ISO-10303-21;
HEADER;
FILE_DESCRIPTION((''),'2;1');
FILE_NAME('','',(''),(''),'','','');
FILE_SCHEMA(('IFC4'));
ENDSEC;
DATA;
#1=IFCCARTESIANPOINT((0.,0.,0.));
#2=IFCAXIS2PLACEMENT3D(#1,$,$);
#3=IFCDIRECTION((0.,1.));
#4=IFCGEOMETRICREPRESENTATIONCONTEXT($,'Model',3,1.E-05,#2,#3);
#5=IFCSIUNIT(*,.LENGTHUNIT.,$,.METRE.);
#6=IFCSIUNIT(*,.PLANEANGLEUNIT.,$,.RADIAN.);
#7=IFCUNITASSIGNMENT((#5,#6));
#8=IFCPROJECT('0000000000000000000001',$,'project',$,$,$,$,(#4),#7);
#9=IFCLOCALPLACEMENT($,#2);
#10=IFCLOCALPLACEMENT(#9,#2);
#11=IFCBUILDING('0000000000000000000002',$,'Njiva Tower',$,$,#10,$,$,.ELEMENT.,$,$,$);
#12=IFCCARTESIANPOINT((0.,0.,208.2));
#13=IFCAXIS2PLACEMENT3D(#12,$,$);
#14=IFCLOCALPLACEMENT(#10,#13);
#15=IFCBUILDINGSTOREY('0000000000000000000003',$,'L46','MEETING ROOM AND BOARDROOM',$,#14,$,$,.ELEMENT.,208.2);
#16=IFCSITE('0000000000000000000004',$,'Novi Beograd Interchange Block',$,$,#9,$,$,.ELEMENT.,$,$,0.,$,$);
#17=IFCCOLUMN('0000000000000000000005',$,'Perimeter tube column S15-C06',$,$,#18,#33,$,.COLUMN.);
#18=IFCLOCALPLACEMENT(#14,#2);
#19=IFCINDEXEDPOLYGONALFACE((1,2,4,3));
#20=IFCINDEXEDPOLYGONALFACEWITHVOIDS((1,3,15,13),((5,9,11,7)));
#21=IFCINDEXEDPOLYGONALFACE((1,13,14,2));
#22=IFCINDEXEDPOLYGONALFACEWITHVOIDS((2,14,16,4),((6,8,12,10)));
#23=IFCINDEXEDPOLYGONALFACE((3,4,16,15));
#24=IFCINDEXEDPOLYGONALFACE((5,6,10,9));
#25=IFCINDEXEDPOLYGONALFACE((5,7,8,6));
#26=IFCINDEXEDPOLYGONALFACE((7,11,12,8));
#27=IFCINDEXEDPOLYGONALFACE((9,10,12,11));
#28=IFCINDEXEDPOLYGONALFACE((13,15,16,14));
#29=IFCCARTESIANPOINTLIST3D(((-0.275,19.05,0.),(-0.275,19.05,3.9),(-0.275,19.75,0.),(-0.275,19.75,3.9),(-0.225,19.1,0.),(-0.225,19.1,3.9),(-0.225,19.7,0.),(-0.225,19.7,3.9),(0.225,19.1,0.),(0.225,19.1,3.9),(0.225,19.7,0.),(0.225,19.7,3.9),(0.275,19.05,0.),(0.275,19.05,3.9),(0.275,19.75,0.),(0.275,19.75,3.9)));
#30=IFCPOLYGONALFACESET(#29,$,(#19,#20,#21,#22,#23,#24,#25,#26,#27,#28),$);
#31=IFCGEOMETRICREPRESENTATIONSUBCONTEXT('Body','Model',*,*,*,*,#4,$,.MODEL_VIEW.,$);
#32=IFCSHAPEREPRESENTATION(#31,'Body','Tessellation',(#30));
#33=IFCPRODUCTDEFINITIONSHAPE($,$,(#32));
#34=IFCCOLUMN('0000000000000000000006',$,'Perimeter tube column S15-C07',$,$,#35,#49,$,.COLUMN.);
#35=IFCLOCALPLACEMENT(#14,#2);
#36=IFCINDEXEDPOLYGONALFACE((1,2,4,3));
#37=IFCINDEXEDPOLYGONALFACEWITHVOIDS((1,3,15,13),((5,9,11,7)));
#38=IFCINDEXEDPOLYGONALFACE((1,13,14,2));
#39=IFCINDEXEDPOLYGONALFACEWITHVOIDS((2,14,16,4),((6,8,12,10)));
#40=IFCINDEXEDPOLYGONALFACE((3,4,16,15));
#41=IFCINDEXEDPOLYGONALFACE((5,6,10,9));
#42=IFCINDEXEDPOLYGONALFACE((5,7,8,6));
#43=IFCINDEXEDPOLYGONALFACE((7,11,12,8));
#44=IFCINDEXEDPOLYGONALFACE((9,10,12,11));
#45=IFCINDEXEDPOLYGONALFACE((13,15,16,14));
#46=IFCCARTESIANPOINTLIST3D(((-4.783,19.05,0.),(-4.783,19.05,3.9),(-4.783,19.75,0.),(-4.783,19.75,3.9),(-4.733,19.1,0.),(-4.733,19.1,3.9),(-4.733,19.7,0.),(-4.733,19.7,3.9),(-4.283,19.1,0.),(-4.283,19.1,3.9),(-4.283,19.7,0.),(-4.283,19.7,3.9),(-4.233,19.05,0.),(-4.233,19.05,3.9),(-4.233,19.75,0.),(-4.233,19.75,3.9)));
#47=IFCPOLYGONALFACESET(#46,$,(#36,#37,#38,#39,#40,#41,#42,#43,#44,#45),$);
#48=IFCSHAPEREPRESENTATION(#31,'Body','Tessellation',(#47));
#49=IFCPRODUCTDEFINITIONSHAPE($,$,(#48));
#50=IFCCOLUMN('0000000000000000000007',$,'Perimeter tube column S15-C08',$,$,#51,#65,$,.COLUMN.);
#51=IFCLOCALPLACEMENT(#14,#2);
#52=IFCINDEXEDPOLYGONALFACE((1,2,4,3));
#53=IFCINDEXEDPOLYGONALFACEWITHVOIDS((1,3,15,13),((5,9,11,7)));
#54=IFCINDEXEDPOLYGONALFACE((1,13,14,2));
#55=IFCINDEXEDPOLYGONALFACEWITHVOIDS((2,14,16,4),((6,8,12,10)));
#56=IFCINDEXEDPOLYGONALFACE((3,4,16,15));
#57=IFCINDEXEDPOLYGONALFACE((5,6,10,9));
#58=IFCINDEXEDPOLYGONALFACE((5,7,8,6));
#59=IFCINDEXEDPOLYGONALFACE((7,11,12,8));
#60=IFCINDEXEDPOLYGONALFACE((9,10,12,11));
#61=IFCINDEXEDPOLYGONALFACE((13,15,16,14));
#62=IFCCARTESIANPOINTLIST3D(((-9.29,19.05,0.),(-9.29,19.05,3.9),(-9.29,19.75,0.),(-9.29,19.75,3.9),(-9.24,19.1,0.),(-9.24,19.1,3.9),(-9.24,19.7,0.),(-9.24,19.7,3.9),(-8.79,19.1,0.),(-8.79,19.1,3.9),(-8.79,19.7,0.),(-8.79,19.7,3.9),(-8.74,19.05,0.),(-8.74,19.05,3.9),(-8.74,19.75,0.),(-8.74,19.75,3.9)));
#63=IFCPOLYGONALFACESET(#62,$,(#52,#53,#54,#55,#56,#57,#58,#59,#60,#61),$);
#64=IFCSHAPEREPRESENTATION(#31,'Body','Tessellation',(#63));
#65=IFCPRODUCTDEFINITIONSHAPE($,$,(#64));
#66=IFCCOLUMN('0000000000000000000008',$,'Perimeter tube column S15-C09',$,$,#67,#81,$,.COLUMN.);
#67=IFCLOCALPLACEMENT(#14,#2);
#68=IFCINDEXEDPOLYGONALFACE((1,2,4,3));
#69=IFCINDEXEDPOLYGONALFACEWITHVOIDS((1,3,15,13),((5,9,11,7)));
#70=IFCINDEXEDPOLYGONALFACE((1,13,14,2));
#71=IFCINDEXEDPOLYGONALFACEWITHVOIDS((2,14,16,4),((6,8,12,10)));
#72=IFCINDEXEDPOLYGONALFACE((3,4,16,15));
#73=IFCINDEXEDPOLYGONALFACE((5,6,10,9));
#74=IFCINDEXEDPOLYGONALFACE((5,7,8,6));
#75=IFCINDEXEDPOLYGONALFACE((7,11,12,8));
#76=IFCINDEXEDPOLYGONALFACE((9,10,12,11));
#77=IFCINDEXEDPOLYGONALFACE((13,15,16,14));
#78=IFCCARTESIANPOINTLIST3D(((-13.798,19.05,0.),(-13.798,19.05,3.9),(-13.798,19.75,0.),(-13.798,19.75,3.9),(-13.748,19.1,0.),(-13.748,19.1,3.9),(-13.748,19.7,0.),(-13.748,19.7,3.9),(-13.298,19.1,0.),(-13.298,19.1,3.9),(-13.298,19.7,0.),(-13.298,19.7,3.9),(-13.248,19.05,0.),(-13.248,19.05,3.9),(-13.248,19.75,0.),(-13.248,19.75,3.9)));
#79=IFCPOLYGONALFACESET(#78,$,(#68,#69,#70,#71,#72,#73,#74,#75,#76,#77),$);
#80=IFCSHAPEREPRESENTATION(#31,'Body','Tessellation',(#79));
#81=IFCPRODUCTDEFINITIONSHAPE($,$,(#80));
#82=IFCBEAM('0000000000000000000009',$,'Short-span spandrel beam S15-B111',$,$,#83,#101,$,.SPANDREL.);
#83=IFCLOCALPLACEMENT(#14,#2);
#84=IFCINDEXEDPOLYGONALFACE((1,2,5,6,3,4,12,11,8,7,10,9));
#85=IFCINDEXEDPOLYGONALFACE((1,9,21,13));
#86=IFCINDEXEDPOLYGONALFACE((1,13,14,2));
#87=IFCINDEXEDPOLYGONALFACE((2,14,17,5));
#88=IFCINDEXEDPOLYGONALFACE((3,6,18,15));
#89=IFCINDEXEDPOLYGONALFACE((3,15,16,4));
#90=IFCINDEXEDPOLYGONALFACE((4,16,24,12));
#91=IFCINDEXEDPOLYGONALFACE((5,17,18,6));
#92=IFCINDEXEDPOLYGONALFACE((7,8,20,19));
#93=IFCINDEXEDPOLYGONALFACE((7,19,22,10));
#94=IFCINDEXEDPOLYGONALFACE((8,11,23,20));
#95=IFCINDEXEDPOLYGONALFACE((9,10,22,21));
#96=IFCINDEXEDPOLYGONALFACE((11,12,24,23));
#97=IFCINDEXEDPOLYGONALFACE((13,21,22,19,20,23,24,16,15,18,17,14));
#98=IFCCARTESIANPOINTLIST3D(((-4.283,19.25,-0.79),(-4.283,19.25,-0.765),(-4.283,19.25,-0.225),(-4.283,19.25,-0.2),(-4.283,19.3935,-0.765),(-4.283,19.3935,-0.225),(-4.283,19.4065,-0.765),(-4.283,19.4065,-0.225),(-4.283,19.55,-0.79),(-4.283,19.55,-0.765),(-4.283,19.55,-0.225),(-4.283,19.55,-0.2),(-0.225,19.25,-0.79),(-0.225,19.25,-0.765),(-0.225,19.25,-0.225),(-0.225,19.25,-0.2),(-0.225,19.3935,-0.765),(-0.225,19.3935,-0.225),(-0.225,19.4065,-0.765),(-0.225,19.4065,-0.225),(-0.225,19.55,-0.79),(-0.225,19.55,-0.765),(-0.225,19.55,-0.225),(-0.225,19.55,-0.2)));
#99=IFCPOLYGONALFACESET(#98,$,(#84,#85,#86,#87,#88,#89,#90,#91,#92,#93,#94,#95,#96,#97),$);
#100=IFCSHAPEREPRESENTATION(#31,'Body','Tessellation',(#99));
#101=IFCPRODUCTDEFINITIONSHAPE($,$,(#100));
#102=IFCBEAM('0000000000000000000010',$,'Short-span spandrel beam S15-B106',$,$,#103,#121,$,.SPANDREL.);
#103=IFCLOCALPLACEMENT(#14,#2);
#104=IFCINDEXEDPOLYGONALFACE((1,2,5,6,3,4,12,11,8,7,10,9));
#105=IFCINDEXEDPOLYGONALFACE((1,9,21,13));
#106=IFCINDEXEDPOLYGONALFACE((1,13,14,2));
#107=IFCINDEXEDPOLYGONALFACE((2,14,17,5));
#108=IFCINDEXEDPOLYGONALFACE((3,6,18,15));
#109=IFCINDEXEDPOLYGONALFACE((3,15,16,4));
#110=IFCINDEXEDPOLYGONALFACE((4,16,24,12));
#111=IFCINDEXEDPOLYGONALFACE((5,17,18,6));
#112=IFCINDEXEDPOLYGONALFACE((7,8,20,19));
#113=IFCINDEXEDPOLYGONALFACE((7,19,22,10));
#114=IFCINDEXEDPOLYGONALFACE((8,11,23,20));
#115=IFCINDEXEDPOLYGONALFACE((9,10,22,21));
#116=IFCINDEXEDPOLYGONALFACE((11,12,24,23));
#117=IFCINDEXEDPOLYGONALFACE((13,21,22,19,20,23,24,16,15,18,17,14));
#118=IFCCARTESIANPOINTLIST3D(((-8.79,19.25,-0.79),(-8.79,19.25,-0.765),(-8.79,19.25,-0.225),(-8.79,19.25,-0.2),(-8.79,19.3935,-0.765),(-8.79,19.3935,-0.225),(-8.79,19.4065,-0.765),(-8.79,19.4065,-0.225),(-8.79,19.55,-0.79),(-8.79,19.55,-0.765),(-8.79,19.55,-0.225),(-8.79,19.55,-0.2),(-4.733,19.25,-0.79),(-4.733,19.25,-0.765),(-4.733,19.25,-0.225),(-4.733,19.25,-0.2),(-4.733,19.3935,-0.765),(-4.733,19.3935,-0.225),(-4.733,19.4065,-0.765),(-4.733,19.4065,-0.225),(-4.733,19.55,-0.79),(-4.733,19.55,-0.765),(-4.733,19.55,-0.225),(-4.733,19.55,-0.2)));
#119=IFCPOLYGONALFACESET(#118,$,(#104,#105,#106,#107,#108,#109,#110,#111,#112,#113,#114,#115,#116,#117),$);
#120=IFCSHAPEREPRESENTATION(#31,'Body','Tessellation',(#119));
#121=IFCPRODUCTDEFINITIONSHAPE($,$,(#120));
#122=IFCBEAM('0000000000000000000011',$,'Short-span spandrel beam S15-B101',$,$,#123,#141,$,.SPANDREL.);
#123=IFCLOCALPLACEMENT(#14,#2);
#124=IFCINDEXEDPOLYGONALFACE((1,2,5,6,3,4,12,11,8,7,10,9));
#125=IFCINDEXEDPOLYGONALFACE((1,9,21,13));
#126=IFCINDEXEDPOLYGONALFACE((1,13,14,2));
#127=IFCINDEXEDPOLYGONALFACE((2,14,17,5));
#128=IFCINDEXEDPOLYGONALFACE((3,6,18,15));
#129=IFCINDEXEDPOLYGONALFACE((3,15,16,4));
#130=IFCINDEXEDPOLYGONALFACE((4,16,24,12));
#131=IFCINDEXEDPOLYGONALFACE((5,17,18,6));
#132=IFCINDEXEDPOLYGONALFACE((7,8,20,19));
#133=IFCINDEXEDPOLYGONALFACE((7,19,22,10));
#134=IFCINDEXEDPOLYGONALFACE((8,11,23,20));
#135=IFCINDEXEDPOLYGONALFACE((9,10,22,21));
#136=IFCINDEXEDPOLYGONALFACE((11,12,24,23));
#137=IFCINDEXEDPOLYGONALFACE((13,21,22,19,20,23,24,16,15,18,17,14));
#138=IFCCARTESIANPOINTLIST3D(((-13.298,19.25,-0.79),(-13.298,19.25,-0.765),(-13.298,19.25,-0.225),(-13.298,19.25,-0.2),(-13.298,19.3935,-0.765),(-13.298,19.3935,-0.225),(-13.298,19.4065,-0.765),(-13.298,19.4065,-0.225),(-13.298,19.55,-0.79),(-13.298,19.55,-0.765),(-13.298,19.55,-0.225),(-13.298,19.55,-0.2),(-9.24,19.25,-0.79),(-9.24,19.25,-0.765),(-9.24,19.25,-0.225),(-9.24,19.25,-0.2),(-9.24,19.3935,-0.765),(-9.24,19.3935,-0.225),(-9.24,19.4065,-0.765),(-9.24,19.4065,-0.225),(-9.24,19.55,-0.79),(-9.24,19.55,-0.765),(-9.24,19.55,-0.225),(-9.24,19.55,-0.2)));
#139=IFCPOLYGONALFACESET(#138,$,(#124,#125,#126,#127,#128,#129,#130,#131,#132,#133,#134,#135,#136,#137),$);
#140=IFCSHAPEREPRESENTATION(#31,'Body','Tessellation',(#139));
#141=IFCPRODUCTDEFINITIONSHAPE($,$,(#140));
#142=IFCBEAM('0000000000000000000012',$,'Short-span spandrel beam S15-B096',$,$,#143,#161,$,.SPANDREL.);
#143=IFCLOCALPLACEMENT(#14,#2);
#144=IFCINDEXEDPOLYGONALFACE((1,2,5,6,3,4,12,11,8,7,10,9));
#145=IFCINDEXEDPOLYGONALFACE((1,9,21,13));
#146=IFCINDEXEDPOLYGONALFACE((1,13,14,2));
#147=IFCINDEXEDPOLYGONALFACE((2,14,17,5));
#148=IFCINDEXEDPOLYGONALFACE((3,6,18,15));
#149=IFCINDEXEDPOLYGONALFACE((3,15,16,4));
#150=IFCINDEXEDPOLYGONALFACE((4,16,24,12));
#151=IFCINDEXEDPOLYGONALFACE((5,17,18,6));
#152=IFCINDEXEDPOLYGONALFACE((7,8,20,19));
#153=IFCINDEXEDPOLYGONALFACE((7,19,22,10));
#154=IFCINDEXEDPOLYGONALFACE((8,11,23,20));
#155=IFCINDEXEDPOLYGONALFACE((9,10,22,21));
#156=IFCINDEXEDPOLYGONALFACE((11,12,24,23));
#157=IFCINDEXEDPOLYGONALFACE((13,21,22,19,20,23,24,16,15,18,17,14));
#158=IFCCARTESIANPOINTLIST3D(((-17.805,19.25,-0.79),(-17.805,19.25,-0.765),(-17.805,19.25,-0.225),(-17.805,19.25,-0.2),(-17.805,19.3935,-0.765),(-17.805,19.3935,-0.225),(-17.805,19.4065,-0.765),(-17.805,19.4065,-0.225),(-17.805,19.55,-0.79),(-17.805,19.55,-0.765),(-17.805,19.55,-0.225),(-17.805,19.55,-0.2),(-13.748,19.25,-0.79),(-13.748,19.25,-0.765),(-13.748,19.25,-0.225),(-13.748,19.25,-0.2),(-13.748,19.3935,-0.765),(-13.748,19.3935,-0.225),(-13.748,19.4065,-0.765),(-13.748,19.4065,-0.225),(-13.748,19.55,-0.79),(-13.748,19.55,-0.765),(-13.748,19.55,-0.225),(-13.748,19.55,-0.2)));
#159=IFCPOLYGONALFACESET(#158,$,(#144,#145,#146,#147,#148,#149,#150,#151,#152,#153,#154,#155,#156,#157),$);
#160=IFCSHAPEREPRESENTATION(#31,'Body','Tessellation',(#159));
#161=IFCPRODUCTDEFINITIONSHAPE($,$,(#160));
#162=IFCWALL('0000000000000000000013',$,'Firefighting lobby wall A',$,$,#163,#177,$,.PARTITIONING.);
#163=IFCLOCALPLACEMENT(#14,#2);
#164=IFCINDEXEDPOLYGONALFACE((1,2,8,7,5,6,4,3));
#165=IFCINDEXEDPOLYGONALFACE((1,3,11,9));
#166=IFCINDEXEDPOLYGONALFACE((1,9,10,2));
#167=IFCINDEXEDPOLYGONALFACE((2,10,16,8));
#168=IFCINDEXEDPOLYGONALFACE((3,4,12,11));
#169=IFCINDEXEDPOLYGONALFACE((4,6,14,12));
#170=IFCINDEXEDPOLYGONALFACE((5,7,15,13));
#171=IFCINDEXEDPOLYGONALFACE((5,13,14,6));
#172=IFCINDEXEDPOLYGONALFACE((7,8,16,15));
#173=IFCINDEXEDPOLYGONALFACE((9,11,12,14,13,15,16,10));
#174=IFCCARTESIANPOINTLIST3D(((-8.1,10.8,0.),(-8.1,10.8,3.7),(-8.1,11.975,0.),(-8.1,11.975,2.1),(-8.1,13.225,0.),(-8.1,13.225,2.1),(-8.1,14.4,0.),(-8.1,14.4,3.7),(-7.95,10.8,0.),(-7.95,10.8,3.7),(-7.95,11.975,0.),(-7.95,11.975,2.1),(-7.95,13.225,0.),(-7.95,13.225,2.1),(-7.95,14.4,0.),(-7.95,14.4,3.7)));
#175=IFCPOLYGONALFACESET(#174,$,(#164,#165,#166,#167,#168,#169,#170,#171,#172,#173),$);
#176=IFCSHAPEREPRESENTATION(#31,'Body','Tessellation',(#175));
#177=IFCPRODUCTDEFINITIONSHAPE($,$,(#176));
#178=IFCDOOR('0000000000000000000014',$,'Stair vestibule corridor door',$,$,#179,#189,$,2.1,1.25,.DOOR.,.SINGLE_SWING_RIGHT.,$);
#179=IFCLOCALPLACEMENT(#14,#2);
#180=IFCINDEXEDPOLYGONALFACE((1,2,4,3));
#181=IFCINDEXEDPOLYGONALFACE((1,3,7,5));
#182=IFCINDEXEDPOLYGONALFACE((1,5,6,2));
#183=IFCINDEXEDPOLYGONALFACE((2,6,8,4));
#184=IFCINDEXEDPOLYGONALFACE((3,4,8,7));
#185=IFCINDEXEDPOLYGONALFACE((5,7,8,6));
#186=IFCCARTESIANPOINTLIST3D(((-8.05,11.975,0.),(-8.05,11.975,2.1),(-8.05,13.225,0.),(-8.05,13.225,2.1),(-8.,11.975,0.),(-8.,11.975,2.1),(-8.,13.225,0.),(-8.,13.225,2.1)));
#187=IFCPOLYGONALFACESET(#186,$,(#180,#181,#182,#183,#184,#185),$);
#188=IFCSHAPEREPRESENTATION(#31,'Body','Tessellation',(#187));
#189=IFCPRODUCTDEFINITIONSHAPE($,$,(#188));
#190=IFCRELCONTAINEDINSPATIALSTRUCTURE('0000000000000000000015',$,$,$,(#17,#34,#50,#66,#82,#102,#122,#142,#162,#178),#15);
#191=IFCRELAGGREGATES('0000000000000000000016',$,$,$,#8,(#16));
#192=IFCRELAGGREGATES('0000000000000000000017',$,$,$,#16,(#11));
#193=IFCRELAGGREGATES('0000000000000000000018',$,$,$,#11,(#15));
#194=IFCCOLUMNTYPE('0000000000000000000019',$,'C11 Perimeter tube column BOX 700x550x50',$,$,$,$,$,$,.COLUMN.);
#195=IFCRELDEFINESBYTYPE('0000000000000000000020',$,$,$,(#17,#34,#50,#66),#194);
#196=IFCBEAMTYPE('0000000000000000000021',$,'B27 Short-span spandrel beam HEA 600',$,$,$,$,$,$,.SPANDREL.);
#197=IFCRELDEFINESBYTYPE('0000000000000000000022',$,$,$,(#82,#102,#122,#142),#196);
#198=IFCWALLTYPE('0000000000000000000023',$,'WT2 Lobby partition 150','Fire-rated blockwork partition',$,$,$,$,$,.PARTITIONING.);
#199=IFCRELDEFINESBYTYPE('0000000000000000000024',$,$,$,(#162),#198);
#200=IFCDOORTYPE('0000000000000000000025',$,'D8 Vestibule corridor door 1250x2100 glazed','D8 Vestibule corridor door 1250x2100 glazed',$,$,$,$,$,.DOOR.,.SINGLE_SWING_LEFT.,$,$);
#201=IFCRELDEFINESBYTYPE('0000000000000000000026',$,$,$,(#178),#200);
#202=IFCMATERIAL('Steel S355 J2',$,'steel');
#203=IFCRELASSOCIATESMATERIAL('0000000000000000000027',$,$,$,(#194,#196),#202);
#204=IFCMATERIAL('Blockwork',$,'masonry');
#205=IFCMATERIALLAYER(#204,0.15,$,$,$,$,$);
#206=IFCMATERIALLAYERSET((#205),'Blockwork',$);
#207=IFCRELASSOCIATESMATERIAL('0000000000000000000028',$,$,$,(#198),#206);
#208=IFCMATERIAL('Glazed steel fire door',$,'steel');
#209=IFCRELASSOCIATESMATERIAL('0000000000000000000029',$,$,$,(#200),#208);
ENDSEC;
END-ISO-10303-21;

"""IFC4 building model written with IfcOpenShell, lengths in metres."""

from ifc_helpers import new_model, si_unit, direction, frame, frame_2d, origin, origin_2d, place, context, subcontext, project, spatial, rectangle, hollow_rectangle, i_section, extrude, material, layer, layer_set, material_profile, profile_set, type_object, element, fill, save


model = new_model("IFC4")

# Units and contexts
model_context = context("Model", 3, precision=1e-05, world=origin(), true_north=direction((0.0, 1.0)))
body_context = subcontext(model_context, "Body", "Model", "MODEL_VIEW")
ifc_project = project(units=[si_unit("LENGTHUNIT", "METRE"), si_unit("PLANEANGLEUNIT", "RADIAN")], contexts=[model_context])

# Site, building, storey
site_placement = place(None, origin())
site = spatial("IfcSite", under=ifc_project, at=site_placement, Name="Novi Beograd Interchange Block", CompositionType="ELEMENT", RefElevation=0.0)
building_placement = place(site_placement, origin())
building = spatial("IfcBuilding", under=site, at=building_placement, Name="Njiva Tower", CompositionType="ELEMENT")
storey_placement = place(building_placement, frame((0.0, 0.0, 208.2)))
storey = spatial("IfcBuildingStorey", under=building, at=storey_placement, Name="L46", Description="MEETING ROOM AND BOARDROOM", CompositionType="ELEMENT", Elevation=208.2)

# Columns
ifc_material_1 = material(Name="Steel S355 J2", Category="steel")
ifc_material_profile_1 = material_profile(ifc_material_1, hollow_rectangle(XDim=0.55, YDim=0.7, WallThickness=0.05, at=origin_2d()), Name="BOX 700x550x50")
ifc_profile_set_1 = profile_set([ifc_material_profile_1], Name="Steel S355 J2")
column_type = type_object("IfcColumnType", Name="C11 Perimeter tube column BOX 700x550x50", PredefinedType="COLUMN", material=ifc_profile_set_1)
for number, where, z_axis, x_axis, name in (
    (1, (0.0, 19.4, 0.0), (0.0, 0.0, 1.0), (-1.0, 0.0, 0.0), "Perimeter tube column S15-C06"),
    (2, (-4.508, 19.4, 0.0), (0.0, 0.0, 1.0), (-1.0, 0.0, 0.0), "Perimeter tube column S15-C07"),
    (3, (-9.015, 19.4, 0.0), (0.0, 0.0, 1.0), (-1.0, 0.0, 0.0), "Perimeter tube column S15-C08"),
    (4, (-13.523, 19.4, 0.0), (0.0, 0.0, 1.0), (-1.0, 0.0, 0.0), "Perimeter tube column S15-C09"),
):
    element("IfcColumn", number, at=place(storey_placement, frame(where, z_axis=z_axis, x_axis=x_axis)), inside=storey, type_object=column_type, Name=name, PredefinedType="COLUMN", context=body_context, shape_type="SweptSolid", body=[
        extrude(hollow_rectangle(XDim=0.55, YDim=0.7, WallThickness=0.05, at=origin_2d()), origin(), (0.0, 0.0, 1.0), 3.9),
    ])

# Beams
ifc_material_profile_2 = material_profile(ifc_material_1, i_section(OverallWidth=0.3, OverallDepth=0.59, WebThickness=0.013, FlangeThickness=0.025, at=origin_2d()), Name="HEA 600")
ifc_profile_set_2 = profile_set([ifc_material_profile_2], Name="Steel S355 J2")
beam_type = type_object("IfcBeamType", Name="B27 Short-span spandrel beam HEA 600", PredefinedType="SPANDREL", material=ifc_profile_set_2)
beam_1_placement = place(storey_placement, frame((-0.225, 19.4, -0.495), z_axis=(-1.0, 0.0, 0.0), x_axis=(0.0, -1.0, 0.0)))
element("IfcBeam", 5, at=beam_1_placement, inside=storey, type_object=beam_type, Name="Short-span spandrel beam S15-B111", PredefinedType="SPANDREL", context=body_context, shape_type="SweptSolid", body=[
    extrude(i_section(OverallWidth=0.3, OverallDepth=0.59, WebThickness=0.013, FlangeThickness=0.025, at=origin_2d()), origin(), (0.0, 0.0, 1.0), 4.058),
])
beam_2_placement = place(storey_placement, frame((-4.733, 19.4, -0.495), z_axis=(-1.0, 0.0, 0.0), x_axis=(0.0, -1.0, 0.0)))
element("IfcBeam", 6, at=beam_2_placement, inside=storey, type_object=beam_type, Name="Short-span spandrel beam S15-B106", PredefinedType="SPANDREL", context=body_context, shape_type="SweptSolid", body=[
    extrude(i_section(OverallWidth=0.3, OverallDepth=0.59, WebThickness=0.013, FlangeThickness=0.025, at=origin_2d()), origin(), (0.0, 0.0, 1.0), 4.057),
])
beam_3_placement = place(storey_placement, frame((-9.24, 19.4, -0.495), z_axis=(-1.0, 0.0, 0.0), x_axis=(0.0, -1.0, 0.0)))
element("IfcBeam", 7, at=beam_3_placement, inside=storey, type_object=beam_type, Name="Short-span spandrel beam S15-B101", PredefinedType="SPANDREL", context=body_context, shape_type="SweptSolid", body=[
    extrude(i_section(OverallWidth=0.3, OverallDepth=0.59, WebThickness=0.013, FlangeThickness=0.025, at=origin_2d()), origin(), (0.0, 0.0, 1.0), 4.058),
])
beam_4_placement = place(storey_placement, frame((-13.748, 19.4, -0.495), z_axis=(-1.0, 0.0, 0.0), x_axis=(0.0, -1.0, 0.0)))
element("IfcBeam", 8, at=beam_4_placement, inside=storey, type_object=beam_type, Name="Short-span spandrel beam S15-B096", PredefinedType="SPANDREL", context=body_context, shape_type="SweptSolid", body=[
    extrude(i_section(OverallWidth=0.3, OverallDepth=0.59, WebThickness=0.013, FlangeThickness=0.025, at=origin_2d()), origin(), (0.0, 0.0, 1.0), 4.057),
])

# Wall, opening, door
ifc_material_2 = material(Name="Blockwork", Category="masonry")
ifc_layer_1 = layer(ifc_material_2, 0.15)
ifc_layer_set_1 = layer_set([ifc_layer_1], Name="Blockwork")
wall_type_1 = type_object("IfcWallType", Name="WT2 Lobby partition 150", Description="Fire-rated blockwork partition", PredefinedType="PARTITIONING", material=ifc_layer_set_1)
wall_1_placement = place(storey_placement, frame((-8.025, 10.8, 0.0), z_axis=(0.0, 0.0, 1.0), x_axis=(0.0, 1.0, 0.0)))
wall_1 = element("IfcWall", 9, at=wall_1_placement, inside=storey, type_object=wall_type_1, Name="Firefighting lobby wall A", PredefinedType="PARTITIONING", context=body_context, shape_type="SweptSolid", body=[
    extrude(rectangle(XDim=3.6, YDim=0.15, at=frame_2d((1.8, 0.0))), origin(), (0.0, 0.0, 1.0), 3.7),
])
opening_1_placement = place(wall_1_placement, frame((1.175, 0.0, 0.0)))
opening_1 = element("IfcOpeningElement", 10, at=opening_1_placement, cuts=wall_1, PredefinedType="OPENING", context=body_context, shape_type="SweptSolid", body=[
    extrude(rectangle(XDim=1.25, YDim=2.1, at=frame_2d((0.625, 1.05))), frame((0.0, 0.085, 0.0), z_axis=(0.0, -1.0, 0.0), x_axis=(1.0, 0.0, 0.0)), (0.0, 0.0, 1.0), 0.17),
])
ifc_material_3 = material(Name="Glazed steel fire door", Category="steel")
door_type_1 = type_object("IfcDoorType", Name="D8 Vestibule corridor door 1250x2100 glazed", Description="D8 Vestibule corridor door 1250x2100 glazed", OperationType="SINGLE_SWING_LEFT", PredefinedType="DOOR", material=ifc_material_3)
door_1_placement = place(opening_1_placement, origin())
door_1 = element("IfcDoor", 11, at=door_1_placement, inside=storey, type_object=door_type_1, Name="Stair vestibule corridor door", OperationType="SINGLE_SWING_RIGHT", OverallHeight=2.1, OverallWidth=1.25, PredefinedType="DOOR", context=body_context, shape_type="SweptSolid", body=[
    extrude(rectangle(XDim=1.25, YDim=2.1, at=frame_2d((0.625, 1.05))), frame((0.0, 0.025, 0.0), z_axis=(0.0, -1.0, 0.0), x_axis=(1.0, 0.0, 0.0)), (0.0, 0.0, 1.0), 0.05),
])
fill(opening_1, door_1)

save(model, "model.ifc")
